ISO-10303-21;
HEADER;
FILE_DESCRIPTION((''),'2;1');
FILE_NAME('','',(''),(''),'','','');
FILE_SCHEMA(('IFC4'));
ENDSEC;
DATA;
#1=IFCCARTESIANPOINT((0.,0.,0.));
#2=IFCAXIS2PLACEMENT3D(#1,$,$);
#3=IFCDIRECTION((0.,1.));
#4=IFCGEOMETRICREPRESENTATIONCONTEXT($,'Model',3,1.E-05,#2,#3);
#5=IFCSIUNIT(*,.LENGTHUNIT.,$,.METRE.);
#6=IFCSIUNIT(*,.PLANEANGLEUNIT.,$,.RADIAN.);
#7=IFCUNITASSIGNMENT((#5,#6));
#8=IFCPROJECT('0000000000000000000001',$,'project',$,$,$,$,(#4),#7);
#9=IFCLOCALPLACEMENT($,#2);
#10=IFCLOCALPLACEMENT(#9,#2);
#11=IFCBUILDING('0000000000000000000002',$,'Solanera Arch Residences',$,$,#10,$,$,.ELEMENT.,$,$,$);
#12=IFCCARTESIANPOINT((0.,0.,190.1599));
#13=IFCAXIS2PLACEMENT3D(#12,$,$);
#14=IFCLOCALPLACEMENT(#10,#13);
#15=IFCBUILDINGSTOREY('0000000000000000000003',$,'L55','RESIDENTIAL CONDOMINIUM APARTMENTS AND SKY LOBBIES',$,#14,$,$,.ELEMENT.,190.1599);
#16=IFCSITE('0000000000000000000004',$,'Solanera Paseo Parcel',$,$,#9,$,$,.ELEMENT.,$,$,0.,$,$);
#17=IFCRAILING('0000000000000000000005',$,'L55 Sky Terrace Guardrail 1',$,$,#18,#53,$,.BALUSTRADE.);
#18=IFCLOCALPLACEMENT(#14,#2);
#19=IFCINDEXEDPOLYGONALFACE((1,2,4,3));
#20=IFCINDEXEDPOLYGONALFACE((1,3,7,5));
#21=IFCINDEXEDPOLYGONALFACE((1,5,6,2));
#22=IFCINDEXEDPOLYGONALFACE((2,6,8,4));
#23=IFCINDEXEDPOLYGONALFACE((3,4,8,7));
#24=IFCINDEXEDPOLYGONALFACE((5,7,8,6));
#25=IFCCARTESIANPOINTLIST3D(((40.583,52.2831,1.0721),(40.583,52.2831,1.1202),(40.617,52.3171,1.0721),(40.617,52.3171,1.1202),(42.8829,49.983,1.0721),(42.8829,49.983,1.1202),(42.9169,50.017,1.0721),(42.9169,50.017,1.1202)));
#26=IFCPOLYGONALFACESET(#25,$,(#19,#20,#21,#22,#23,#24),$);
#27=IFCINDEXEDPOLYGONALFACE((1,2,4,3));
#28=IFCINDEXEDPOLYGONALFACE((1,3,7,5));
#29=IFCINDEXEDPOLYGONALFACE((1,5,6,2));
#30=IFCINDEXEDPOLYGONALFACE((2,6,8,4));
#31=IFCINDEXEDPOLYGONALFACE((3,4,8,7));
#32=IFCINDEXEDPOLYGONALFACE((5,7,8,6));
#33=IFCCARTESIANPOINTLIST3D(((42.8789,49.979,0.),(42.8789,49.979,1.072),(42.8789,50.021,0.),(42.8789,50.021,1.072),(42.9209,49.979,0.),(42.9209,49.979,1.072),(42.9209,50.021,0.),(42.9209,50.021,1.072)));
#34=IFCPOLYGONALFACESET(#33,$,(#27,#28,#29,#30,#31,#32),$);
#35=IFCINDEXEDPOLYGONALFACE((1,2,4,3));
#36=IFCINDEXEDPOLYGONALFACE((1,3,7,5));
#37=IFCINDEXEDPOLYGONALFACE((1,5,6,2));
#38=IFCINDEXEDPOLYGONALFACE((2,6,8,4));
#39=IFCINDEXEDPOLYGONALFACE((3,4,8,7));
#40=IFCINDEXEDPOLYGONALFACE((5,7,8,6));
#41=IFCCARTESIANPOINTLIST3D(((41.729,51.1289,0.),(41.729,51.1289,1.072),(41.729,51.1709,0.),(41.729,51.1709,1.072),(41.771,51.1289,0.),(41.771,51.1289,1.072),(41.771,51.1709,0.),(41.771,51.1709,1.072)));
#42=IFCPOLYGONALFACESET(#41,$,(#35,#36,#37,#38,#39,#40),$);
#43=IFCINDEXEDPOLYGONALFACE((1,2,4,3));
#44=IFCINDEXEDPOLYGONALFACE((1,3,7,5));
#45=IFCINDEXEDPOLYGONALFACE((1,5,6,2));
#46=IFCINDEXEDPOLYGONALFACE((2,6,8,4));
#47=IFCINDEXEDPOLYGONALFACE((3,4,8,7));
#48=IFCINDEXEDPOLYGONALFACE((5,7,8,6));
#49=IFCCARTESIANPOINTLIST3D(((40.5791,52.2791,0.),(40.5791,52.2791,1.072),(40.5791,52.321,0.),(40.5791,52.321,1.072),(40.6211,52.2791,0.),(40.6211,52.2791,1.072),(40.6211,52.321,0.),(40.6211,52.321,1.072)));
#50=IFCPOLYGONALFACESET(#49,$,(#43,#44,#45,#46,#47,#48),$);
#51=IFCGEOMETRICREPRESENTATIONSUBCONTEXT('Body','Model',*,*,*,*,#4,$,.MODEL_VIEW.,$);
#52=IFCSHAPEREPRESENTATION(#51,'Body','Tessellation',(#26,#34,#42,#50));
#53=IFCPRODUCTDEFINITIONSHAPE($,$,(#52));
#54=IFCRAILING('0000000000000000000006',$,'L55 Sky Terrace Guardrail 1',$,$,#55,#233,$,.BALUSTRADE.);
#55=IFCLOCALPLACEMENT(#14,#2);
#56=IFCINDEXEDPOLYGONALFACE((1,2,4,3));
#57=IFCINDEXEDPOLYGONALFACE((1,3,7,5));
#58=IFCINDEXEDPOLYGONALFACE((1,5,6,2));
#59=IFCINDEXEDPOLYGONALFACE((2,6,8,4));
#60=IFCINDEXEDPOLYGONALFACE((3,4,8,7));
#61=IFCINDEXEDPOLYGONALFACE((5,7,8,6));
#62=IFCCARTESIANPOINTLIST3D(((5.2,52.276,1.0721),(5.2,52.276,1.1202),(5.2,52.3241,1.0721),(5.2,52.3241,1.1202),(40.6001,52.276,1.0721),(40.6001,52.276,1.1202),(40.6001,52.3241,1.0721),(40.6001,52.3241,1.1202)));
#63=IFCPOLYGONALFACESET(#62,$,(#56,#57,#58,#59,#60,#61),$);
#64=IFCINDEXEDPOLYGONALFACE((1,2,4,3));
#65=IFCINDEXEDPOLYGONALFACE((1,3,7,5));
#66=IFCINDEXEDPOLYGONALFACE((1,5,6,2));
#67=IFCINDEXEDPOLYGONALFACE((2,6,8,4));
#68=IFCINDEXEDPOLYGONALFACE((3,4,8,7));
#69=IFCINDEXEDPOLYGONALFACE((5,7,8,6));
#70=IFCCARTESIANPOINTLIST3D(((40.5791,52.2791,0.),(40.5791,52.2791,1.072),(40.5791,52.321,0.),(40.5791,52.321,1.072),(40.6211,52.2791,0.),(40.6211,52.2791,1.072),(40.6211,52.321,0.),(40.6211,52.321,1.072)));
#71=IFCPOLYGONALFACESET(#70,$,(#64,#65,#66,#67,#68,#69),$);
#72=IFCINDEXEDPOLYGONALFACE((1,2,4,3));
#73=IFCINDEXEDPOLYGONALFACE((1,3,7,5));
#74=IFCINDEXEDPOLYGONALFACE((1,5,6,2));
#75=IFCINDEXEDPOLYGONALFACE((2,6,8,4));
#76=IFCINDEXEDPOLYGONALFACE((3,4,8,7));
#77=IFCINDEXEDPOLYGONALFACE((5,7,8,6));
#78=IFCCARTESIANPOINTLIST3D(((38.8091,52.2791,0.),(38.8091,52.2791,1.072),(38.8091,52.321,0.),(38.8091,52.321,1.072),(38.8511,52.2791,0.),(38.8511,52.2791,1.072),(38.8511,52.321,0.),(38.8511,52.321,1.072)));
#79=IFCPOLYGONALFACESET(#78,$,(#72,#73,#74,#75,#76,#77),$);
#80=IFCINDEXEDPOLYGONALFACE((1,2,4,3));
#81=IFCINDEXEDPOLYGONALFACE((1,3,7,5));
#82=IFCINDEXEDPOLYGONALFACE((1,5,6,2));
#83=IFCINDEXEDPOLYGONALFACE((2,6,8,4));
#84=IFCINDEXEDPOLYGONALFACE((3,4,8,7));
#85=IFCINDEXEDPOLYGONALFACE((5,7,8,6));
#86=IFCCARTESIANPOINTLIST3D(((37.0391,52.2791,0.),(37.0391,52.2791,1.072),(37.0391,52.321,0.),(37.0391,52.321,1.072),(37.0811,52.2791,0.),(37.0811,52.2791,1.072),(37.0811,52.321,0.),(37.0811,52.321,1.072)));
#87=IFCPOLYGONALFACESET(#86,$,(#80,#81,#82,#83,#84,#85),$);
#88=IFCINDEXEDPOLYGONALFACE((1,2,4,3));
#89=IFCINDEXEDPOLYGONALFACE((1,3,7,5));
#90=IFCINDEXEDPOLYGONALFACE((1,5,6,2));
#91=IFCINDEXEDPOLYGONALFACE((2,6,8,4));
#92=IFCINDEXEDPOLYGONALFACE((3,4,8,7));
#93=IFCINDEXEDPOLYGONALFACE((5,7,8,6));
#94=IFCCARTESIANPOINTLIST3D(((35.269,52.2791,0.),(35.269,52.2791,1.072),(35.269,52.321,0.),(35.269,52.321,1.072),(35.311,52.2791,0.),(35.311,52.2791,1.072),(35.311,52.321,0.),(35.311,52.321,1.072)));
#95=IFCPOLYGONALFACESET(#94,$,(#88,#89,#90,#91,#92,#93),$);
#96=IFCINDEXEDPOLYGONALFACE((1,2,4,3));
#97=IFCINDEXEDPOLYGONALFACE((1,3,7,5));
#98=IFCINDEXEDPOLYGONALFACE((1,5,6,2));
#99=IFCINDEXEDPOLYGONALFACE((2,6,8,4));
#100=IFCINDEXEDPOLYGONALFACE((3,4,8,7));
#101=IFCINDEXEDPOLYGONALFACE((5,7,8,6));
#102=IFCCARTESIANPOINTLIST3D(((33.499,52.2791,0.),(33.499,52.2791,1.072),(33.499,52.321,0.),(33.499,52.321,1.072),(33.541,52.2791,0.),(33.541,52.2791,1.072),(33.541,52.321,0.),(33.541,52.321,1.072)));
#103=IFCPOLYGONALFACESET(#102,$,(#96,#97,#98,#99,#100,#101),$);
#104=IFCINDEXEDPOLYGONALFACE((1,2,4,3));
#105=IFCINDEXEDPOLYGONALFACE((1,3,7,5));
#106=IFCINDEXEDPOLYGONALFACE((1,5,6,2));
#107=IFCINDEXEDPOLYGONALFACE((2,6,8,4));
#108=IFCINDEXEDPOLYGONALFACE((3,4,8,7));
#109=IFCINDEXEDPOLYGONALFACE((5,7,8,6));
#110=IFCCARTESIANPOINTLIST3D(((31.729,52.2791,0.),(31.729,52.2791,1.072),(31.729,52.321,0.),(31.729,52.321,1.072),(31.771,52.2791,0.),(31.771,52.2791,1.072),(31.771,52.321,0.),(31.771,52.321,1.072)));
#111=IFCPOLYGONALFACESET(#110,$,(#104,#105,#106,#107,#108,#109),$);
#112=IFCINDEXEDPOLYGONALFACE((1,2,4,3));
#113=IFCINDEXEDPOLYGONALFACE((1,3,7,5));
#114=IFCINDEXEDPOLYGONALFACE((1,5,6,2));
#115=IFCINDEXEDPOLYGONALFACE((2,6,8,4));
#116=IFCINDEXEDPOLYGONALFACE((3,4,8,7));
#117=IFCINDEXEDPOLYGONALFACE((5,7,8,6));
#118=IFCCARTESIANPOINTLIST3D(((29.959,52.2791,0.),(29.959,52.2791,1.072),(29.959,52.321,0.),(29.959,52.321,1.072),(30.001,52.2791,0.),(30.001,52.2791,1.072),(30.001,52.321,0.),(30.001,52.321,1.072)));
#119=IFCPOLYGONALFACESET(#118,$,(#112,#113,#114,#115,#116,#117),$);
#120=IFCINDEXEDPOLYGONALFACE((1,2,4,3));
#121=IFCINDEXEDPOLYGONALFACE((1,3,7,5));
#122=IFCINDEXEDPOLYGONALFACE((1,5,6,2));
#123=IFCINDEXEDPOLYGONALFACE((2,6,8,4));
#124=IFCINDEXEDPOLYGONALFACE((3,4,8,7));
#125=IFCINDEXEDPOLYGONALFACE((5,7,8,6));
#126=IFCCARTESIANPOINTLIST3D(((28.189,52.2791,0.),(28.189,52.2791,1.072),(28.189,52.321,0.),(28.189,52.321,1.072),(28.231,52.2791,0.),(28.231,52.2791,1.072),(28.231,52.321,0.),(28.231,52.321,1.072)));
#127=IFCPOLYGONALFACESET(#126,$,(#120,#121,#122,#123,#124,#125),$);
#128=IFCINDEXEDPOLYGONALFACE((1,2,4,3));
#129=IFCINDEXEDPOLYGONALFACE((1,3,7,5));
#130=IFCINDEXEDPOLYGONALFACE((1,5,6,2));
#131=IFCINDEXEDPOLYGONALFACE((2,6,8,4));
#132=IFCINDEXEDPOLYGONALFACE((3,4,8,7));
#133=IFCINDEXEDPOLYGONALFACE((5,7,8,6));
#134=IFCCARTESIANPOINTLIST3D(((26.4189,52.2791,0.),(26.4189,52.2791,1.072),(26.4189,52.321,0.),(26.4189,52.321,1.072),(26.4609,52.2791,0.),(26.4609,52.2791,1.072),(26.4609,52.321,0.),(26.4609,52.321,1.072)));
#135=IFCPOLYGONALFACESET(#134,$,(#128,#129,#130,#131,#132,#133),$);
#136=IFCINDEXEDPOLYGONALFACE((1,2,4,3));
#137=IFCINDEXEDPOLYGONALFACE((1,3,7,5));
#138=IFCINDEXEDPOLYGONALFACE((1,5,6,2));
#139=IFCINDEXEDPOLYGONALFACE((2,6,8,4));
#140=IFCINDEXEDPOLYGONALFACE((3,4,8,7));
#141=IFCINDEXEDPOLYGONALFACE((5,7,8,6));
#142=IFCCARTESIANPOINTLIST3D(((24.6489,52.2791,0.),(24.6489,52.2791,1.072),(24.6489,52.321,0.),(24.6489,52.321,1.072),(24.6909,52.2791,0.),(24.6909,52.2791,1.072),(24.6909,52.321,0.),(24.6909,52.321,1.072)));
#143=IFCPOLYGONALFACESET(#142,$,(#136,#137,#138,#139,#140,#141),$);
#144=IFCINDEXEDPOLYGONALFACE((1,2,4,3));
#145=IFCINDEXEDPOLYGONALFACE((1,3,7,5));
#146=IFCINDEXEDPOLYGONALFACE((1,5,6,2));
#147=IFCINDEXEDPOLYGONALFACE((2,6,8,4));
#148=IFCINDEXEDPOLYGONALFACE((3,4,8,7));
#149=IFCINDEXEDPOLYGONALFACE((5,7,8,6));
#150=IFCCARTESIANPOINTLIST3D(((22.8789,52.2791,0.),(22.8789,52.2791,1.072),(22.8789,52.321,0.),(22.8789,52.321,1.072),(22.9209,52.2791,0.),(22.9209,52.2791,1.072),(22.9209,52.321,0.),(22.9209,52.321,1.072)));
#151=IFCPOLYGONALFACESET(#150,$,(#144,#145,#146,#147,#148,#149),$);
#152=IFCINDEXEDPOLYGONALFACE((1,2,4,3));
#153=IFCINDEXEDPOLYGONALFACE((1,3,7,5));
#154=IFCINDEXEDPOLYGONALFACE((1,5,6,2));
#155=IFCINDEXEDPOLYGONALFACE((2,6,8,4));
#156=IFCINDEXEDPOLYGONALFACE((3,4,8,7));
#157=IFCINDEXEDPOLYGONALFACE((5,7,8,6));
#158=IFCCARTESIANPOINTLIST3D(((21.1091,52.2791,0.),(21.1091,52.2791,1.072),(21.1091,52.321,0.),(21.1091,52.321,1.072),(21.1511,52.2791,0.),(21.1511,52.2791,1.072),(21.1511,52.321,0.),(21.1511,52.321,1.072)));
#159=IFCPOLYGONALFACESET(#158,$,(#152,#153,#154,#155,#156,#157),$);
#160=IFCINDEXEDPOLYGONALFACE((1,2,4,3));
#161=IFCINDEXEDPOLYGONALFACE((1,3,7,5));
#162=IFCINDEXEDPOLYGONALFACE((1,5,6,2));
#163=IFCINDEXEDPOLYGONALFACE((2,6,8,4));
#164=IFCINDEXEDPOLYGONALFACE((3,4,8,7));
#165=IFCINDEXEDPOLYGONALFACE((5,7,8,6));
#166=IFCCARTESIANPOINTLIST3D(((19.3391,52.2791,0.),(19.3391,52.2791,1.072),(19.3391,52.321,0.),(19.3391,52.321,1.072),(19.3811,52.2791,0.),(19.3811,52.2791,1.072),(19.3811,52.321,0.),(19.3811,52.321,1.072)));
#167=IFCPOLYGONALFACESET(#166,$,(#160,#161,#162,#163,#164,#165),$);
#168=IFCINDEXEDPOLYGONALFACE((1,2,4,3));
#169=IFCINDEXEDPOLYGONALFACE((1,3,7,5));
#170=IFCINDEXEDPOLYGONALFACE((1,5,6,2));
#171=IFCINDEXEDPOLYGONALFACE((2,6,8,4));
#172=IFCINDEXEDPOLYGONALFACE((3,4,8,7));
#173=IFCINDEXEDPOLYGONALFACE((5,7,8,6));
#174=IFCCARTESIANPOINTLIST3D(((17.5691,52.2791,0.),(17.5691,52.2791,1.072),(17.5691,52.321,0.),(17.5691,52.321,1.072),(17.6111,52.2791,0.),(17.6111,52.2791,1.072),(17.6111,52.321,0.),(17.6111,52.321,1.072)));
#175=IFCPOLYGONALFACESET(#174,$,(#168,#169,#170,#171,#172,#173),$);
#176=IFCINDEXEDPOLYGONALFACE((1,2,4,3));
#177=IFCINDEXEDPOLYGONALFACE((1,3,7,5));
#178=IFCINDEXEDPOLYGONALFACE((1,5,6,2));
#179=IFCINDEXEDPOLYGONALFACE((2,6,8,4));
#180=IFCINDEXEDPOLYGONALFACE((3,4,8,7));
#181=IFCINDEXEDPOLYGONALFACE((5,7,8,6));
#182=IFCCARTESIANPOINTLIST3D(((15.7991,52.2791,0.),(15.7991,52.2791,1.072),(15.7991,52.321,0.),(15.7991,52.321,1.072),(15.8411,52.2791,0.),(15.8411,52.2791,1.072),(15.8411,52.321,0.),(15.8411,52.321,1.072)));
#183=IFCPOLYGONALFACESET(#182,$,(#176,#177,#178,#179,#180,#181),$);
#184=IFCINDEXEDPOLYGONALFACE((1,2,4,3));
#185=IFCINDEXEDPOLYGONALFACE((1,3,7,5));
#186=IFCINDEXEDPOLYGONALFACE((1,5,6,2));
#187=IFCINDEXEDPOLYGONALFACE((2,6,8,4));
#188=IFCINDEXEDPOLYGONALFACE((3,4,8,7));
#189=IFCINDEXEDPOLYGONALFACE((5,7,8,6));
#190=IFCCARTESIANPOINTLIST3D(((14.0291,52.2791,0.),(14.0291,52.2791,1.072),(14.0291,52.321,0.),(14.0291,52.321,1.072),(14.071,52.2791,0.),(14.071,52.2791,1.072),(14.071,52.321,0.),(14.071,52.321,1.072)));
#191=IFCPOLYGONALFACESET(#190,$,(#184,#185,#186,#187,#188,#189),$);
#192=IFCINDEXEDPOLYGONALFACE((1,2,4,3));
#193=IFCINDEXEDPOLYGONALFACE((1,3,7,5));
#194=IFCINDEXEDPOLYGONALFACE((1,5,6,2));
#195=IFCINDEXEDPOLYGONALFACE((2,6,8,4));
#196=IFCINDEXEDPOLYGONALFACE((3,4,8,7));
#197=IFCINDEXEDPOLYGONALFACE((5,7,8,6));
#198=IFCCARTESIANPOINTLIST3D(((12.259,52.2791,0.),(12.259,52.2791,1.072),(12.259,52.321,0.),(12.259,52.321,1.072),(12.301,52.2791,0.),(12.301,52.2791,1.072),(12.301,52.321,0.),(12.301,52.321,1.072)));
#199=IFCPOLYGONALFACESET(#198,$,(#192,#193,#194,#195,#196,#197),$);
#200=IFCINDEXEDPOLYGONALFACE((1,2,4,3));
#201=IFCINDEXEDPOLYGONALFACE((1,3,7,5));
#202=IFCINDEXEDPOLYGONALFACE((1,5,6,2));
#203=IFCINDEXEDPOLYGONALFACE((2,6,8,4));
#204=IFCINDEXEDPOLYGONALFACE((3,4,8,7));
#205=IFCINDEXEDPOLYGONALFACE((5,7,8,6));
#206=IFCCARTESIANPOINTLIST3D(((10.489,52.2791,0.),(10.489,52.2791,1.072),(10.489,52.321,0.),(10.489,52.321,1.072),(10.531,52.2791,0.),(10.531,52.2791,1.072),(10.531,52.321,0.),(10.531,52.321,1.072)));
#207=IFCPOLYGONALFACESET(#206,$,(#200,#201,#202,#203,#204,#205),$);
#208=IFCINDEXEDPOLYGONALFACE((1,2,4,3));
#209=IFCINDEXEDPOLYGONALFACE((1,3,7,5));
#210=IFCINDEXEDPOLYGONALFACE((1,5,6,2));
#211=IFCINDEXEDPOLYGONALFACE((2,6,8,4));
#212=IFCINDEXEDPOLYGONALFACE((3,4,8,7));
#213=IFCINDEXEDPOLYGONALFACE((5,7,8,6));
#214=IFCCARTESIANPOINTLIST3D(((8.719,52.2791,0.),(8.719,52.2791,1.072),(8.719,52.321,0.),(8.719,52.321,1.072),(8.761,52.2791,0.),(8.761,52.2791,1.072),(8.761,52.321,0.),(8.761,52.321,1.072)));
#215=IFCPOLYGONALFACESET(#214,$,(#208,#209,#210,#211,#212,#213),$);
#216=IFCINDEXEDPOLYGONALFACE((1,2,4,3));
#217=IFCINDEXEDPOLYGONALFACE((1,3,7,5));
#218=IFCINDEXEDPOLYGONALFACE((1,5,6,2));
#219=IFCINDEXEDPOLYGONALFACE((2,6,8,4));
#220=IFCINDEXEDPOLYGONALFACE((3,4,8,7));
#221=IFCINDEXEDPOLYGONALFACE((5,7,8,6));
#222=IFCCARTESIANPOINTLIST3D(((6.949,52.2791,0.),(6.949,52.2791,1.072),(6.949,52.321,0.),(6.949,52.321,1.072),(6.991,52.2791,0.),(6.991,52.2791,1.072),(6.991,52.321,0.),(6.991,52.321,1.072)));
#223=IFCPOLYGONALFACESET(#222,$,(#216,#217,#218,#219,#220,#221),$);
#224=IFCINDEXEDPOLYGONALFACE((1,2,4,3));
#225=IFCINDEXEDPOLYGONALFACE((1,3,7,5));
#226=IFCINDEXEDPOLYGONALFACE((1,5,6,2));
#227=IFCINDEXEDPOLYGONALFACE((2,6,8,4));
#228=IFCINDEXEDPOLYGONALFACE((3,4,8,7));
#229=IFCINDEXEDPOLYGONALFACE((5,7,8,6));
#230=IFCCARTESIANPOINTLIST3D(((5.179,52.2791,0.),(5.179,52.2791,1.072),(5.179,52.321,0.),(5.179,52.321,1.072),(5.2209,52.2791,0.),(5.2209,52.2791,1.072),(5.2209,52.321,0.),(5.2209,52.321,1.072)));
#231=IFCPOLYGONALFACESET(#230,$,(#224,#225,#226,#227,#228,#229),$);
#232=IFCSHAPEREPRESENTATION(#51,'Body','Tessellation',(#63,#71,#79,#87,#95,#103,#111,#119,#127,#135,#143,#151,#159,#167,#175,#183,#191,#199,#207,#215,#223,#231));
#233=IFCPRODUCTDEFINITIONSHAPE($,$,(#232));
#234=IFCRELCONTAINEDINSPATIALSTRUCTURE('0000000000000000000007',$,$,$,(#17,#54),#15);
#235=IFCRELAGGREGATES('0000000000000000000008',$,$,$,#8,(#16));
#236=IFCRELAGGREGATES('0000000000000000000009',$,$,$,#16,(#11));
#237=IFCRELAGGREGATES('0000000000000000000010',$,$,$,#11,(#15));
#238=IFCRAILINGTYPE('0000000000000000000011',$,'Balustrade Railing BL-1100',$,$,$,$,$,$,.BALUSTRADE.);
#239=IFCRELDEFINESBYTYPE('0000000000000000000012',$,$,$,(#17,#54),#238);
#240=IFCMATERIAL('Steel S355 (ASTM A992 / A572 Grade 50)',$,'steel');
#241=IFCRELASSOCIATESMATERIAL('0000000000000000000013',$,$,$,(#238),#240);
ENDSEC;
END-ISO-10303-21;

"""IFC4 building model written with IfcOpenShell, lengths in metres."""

from ifc_helpers import new_model, si_unit, direction, frame, origin, origin_2d, place, context, subcontext, project, spatial, rectangle, extrude, material, type_object, element, save


model = new_model("IFC4")

# Units and contexts
model_context = context("Model", 3, precision=1e-05, world=origin(), true_north=direction((0.0, 1.0)))
body_context = subcontext(model_context, "Body", "Model", "MODEL_VIEW")
ifc_project = project(units=[si_unit("LENGTHUNIT", "METRE"), si_unit("PLANEANGLEUNIT", "RADIAN")], contexts=[model_context])

# Site, building, storey
site_placement = place(None, origin())
site = spatial("IfcSite", under=ifc_project, at=site_placement, Name="Solanera Paseo Parcel", CompositionType="ELEMENT", RefElevation=0.0)
building_placement = place(site_placement, origin())
building = spatial("IfcBuilding", under=site, at=building_placement, Name="Solanera Arch Residences", CompositionType="ELEMENT")
storey_placement = place(building_placement, frame((0.0, 0.0, 190.1599)))
storey = spatial("IfcBuildingStorey", under=building, at=storey_placement, Name="L55", Description="RESIDENTIAL CONDOMINIUM APARTMENTS AND SKY LOBBIES", CompositionType="ELEMENT", Elevation=190.1599)

# Railings
ifc_material_1 = material(Name="Steel S355 (ASTM A992 / A572 Grade 50)", Category="steel")
railing_type = type_object("IfcRailingType", Name="Balustrade Railing BL-1100", PredefinedType="BALUSTRADE", material=ifc_material_1)
railing_1_placement = place(storey_placement, frame((42.8999, 50.0, 0.0)))
element("IfcRailing", 1, at=railing_1_placement, inside=storey, type_object=railing_type, Name="L55 Sky Terrace Guardrail 1", PredefinedType="BALUSTRADE", context=body_context, shape_type="SweptSolid", body=[
    extrude(rectangle(XDim=0.0481, YDim=0.0481, at=origin_2d()), frame((0.0, 0.0, 1.0962), z_axis=(-0.707069, 0.707144, 0.0), x_axis=(-0.707144, -0.707069, 0.0)), (0.0, 0.0, 1.0), 3.2527),
    extrude(rectangle(XDim=0.042, YDim=0.042, at=origin_2d()), origin(), (0.0, 0.0, 1.0), 1.072),
    extrude(rectangle(XDim=0.042, YDim=0.042, at=origin_2d()), frame((-1.1499, 1.1499, 0.0)), (0.0, 0.0, 1.0), 1.072),
    extrude(rectangle(XDim=0.042, YDim=0.042, at=origin_2d()), frame((-2.2998, 2.3, 0.0)), (0.0, 0.0, 1.0), 1.072),
])
railing_2_placement = place(storey_placement, frame((40.6001, 52.3, 0.0)))
element("IfcRailing", 2, at=railing_2_placement, inside=storey, type_object=railing_type, Name="L55 Sky Terrace Guardrail 1", PredefinedType="BALUSTRADE", context=body_context, shape_type="SweptSolid", body=[
    extrude(rectangle(XDim=0.0481, YDim=0.0481, at=origin_2d()), frame((0.0, 0.0, 1.0962), z_axis=(-1.0, 0.0, 0.0), x_axis=(0.0, -1.0, 0.0)), (0.0, 0.0, 1.0), 35.4001),
    extrude(rectangle(XDim=0.042, YDim=0.042, at=origin_2d()), origin(), (0.0, 0.0, 1.0), 1.072),
    extrude(rectangle(XDim=0.042, YDim=0.042, at=origin_2d()), frame((-1.77, 0.0, 0.0)), (0.0, 0.0, 1.0), 1.072),
    extrude(rectangle(XDim=0.042, YDim=0.042, at=origin_2d()), frame((-3.54, 0.0, 0.0)), (0.0, 0.0, 1.0), 1.072),
    extrude(rectangle(XDim=0.042, YDim=0.042, at=origin_2d()), frame((-5.3101, 0.0, 0.0)), (0.0, 0.0, 1.0), 1.072),
    extrude(rectangle(XDim=0.042, YDim=0.042, at=origin_2d()), frame((-7.0801, 0.0, 0.0)), (0.0, 0.0, 1.0), 1.072),
    extrude(rectangle(XDim=0.042, YDim=0.042, at=origin_2d()), frame((-8.8501, 0.0, 0.0)), (0.0, 0.0, 1.0), 1.072),
    extrude(rectangle(XDim=0.042, YDim=0.042, at=origin_2d()), frame((-10.6201, 0.0, 0.0)), (0.0, 0.0, 1.0), 1.072),
    extrude(rectangle(XDim=0.042, YDim=0.042, at=origin_2d()), frame((-12.3901, 0.0, 0.0)), (0.0, 0.0, 1.0), 1.072),
    extrude(rectangle(XDim=0.042, YDim=0.042, at=origin_2d()), frame((-14.1602, 0.0, 0.0)), (0.0, 0.0, 1.0), 1.072),
    extrude(rectangle(XDim=0.042, YDim=0.042, at=origin_2d()), frame((-15.9302, 0.0, 0.0)), (0.0, 0.0, 1.0), 1.072),
    extrude(rectangle(XDim=0.042, YDim=0.042, at=origin_2d()), frame((-17.7002, 0.0, 0.0)), (0.0, 0.0, 1.0), 1.072),
    extrude(rectangle(XDim=0.042, YDim=0.042, at=origin_2d()), frame((-19.47, 0.0, 0.0)), (0.0, 0.0, 1.0), 1.072),
    extrude(rectangle(XDim=0.042, YDim=0.042, at=origin_2d()), frame((-21.24, 0.0, 0.0)), (0.0, 0.0, 1.0), 1.072),
    extrude(rectangle(XDim=0.042, YDim=0.042, at=origin_2d()), frame((-23.01, 0.0, 0.0)), (0.0, 0.0, 1.0), 1.072),
    extrude(rectangle(XDim=0.042, YDim=0.042, at=origin_2d()), frame((-24.78, 0.0, 0.0)), (0.0, 0.0, 1.0), 1.072),
    extrude(rectangle(XDim=0.042, YDim=0.042, at=origin_2d()), frame((-26.55, 0.0, 0.0)), (0.0, 0.0, 1.0), 1.072),
    extrude(rectangle(XDim=0.042, YDim=0.042, at=origin_2d()), frame((-28.3201, 0.0, 0.0)), (0.0, 0.0, 1.0), 1.072),
    extrude(rectangle(XDim=0.042, YDim=0.042, at=origin_2d()), frame((-30.0901, 0.0, 0.0)), (0.0, 0.0, 1.0), 1.072),
    extrude(rectangle(XDim=0.042, YDim=0.042, at=origin_2d()), frame((-31.8601, 0.0, 0.0)), (0.0, 0.0, 1.0), 1.072),
    extrude(rectangle(XDim=0.042, YDim=0.042, at=origin_2d()), frame((-33.6301, 0.0, 0.0)), (0.0, 0.0, 1.0), 1.072),
    extrude(rectangle(XDim=0.042, YDim=0.042, at=origin_2d()), frame((-35.4001, 0.0, 0.0)), (0.0, 0.0, 1.0), 1.072),
])

save(model, "model.ifc")
